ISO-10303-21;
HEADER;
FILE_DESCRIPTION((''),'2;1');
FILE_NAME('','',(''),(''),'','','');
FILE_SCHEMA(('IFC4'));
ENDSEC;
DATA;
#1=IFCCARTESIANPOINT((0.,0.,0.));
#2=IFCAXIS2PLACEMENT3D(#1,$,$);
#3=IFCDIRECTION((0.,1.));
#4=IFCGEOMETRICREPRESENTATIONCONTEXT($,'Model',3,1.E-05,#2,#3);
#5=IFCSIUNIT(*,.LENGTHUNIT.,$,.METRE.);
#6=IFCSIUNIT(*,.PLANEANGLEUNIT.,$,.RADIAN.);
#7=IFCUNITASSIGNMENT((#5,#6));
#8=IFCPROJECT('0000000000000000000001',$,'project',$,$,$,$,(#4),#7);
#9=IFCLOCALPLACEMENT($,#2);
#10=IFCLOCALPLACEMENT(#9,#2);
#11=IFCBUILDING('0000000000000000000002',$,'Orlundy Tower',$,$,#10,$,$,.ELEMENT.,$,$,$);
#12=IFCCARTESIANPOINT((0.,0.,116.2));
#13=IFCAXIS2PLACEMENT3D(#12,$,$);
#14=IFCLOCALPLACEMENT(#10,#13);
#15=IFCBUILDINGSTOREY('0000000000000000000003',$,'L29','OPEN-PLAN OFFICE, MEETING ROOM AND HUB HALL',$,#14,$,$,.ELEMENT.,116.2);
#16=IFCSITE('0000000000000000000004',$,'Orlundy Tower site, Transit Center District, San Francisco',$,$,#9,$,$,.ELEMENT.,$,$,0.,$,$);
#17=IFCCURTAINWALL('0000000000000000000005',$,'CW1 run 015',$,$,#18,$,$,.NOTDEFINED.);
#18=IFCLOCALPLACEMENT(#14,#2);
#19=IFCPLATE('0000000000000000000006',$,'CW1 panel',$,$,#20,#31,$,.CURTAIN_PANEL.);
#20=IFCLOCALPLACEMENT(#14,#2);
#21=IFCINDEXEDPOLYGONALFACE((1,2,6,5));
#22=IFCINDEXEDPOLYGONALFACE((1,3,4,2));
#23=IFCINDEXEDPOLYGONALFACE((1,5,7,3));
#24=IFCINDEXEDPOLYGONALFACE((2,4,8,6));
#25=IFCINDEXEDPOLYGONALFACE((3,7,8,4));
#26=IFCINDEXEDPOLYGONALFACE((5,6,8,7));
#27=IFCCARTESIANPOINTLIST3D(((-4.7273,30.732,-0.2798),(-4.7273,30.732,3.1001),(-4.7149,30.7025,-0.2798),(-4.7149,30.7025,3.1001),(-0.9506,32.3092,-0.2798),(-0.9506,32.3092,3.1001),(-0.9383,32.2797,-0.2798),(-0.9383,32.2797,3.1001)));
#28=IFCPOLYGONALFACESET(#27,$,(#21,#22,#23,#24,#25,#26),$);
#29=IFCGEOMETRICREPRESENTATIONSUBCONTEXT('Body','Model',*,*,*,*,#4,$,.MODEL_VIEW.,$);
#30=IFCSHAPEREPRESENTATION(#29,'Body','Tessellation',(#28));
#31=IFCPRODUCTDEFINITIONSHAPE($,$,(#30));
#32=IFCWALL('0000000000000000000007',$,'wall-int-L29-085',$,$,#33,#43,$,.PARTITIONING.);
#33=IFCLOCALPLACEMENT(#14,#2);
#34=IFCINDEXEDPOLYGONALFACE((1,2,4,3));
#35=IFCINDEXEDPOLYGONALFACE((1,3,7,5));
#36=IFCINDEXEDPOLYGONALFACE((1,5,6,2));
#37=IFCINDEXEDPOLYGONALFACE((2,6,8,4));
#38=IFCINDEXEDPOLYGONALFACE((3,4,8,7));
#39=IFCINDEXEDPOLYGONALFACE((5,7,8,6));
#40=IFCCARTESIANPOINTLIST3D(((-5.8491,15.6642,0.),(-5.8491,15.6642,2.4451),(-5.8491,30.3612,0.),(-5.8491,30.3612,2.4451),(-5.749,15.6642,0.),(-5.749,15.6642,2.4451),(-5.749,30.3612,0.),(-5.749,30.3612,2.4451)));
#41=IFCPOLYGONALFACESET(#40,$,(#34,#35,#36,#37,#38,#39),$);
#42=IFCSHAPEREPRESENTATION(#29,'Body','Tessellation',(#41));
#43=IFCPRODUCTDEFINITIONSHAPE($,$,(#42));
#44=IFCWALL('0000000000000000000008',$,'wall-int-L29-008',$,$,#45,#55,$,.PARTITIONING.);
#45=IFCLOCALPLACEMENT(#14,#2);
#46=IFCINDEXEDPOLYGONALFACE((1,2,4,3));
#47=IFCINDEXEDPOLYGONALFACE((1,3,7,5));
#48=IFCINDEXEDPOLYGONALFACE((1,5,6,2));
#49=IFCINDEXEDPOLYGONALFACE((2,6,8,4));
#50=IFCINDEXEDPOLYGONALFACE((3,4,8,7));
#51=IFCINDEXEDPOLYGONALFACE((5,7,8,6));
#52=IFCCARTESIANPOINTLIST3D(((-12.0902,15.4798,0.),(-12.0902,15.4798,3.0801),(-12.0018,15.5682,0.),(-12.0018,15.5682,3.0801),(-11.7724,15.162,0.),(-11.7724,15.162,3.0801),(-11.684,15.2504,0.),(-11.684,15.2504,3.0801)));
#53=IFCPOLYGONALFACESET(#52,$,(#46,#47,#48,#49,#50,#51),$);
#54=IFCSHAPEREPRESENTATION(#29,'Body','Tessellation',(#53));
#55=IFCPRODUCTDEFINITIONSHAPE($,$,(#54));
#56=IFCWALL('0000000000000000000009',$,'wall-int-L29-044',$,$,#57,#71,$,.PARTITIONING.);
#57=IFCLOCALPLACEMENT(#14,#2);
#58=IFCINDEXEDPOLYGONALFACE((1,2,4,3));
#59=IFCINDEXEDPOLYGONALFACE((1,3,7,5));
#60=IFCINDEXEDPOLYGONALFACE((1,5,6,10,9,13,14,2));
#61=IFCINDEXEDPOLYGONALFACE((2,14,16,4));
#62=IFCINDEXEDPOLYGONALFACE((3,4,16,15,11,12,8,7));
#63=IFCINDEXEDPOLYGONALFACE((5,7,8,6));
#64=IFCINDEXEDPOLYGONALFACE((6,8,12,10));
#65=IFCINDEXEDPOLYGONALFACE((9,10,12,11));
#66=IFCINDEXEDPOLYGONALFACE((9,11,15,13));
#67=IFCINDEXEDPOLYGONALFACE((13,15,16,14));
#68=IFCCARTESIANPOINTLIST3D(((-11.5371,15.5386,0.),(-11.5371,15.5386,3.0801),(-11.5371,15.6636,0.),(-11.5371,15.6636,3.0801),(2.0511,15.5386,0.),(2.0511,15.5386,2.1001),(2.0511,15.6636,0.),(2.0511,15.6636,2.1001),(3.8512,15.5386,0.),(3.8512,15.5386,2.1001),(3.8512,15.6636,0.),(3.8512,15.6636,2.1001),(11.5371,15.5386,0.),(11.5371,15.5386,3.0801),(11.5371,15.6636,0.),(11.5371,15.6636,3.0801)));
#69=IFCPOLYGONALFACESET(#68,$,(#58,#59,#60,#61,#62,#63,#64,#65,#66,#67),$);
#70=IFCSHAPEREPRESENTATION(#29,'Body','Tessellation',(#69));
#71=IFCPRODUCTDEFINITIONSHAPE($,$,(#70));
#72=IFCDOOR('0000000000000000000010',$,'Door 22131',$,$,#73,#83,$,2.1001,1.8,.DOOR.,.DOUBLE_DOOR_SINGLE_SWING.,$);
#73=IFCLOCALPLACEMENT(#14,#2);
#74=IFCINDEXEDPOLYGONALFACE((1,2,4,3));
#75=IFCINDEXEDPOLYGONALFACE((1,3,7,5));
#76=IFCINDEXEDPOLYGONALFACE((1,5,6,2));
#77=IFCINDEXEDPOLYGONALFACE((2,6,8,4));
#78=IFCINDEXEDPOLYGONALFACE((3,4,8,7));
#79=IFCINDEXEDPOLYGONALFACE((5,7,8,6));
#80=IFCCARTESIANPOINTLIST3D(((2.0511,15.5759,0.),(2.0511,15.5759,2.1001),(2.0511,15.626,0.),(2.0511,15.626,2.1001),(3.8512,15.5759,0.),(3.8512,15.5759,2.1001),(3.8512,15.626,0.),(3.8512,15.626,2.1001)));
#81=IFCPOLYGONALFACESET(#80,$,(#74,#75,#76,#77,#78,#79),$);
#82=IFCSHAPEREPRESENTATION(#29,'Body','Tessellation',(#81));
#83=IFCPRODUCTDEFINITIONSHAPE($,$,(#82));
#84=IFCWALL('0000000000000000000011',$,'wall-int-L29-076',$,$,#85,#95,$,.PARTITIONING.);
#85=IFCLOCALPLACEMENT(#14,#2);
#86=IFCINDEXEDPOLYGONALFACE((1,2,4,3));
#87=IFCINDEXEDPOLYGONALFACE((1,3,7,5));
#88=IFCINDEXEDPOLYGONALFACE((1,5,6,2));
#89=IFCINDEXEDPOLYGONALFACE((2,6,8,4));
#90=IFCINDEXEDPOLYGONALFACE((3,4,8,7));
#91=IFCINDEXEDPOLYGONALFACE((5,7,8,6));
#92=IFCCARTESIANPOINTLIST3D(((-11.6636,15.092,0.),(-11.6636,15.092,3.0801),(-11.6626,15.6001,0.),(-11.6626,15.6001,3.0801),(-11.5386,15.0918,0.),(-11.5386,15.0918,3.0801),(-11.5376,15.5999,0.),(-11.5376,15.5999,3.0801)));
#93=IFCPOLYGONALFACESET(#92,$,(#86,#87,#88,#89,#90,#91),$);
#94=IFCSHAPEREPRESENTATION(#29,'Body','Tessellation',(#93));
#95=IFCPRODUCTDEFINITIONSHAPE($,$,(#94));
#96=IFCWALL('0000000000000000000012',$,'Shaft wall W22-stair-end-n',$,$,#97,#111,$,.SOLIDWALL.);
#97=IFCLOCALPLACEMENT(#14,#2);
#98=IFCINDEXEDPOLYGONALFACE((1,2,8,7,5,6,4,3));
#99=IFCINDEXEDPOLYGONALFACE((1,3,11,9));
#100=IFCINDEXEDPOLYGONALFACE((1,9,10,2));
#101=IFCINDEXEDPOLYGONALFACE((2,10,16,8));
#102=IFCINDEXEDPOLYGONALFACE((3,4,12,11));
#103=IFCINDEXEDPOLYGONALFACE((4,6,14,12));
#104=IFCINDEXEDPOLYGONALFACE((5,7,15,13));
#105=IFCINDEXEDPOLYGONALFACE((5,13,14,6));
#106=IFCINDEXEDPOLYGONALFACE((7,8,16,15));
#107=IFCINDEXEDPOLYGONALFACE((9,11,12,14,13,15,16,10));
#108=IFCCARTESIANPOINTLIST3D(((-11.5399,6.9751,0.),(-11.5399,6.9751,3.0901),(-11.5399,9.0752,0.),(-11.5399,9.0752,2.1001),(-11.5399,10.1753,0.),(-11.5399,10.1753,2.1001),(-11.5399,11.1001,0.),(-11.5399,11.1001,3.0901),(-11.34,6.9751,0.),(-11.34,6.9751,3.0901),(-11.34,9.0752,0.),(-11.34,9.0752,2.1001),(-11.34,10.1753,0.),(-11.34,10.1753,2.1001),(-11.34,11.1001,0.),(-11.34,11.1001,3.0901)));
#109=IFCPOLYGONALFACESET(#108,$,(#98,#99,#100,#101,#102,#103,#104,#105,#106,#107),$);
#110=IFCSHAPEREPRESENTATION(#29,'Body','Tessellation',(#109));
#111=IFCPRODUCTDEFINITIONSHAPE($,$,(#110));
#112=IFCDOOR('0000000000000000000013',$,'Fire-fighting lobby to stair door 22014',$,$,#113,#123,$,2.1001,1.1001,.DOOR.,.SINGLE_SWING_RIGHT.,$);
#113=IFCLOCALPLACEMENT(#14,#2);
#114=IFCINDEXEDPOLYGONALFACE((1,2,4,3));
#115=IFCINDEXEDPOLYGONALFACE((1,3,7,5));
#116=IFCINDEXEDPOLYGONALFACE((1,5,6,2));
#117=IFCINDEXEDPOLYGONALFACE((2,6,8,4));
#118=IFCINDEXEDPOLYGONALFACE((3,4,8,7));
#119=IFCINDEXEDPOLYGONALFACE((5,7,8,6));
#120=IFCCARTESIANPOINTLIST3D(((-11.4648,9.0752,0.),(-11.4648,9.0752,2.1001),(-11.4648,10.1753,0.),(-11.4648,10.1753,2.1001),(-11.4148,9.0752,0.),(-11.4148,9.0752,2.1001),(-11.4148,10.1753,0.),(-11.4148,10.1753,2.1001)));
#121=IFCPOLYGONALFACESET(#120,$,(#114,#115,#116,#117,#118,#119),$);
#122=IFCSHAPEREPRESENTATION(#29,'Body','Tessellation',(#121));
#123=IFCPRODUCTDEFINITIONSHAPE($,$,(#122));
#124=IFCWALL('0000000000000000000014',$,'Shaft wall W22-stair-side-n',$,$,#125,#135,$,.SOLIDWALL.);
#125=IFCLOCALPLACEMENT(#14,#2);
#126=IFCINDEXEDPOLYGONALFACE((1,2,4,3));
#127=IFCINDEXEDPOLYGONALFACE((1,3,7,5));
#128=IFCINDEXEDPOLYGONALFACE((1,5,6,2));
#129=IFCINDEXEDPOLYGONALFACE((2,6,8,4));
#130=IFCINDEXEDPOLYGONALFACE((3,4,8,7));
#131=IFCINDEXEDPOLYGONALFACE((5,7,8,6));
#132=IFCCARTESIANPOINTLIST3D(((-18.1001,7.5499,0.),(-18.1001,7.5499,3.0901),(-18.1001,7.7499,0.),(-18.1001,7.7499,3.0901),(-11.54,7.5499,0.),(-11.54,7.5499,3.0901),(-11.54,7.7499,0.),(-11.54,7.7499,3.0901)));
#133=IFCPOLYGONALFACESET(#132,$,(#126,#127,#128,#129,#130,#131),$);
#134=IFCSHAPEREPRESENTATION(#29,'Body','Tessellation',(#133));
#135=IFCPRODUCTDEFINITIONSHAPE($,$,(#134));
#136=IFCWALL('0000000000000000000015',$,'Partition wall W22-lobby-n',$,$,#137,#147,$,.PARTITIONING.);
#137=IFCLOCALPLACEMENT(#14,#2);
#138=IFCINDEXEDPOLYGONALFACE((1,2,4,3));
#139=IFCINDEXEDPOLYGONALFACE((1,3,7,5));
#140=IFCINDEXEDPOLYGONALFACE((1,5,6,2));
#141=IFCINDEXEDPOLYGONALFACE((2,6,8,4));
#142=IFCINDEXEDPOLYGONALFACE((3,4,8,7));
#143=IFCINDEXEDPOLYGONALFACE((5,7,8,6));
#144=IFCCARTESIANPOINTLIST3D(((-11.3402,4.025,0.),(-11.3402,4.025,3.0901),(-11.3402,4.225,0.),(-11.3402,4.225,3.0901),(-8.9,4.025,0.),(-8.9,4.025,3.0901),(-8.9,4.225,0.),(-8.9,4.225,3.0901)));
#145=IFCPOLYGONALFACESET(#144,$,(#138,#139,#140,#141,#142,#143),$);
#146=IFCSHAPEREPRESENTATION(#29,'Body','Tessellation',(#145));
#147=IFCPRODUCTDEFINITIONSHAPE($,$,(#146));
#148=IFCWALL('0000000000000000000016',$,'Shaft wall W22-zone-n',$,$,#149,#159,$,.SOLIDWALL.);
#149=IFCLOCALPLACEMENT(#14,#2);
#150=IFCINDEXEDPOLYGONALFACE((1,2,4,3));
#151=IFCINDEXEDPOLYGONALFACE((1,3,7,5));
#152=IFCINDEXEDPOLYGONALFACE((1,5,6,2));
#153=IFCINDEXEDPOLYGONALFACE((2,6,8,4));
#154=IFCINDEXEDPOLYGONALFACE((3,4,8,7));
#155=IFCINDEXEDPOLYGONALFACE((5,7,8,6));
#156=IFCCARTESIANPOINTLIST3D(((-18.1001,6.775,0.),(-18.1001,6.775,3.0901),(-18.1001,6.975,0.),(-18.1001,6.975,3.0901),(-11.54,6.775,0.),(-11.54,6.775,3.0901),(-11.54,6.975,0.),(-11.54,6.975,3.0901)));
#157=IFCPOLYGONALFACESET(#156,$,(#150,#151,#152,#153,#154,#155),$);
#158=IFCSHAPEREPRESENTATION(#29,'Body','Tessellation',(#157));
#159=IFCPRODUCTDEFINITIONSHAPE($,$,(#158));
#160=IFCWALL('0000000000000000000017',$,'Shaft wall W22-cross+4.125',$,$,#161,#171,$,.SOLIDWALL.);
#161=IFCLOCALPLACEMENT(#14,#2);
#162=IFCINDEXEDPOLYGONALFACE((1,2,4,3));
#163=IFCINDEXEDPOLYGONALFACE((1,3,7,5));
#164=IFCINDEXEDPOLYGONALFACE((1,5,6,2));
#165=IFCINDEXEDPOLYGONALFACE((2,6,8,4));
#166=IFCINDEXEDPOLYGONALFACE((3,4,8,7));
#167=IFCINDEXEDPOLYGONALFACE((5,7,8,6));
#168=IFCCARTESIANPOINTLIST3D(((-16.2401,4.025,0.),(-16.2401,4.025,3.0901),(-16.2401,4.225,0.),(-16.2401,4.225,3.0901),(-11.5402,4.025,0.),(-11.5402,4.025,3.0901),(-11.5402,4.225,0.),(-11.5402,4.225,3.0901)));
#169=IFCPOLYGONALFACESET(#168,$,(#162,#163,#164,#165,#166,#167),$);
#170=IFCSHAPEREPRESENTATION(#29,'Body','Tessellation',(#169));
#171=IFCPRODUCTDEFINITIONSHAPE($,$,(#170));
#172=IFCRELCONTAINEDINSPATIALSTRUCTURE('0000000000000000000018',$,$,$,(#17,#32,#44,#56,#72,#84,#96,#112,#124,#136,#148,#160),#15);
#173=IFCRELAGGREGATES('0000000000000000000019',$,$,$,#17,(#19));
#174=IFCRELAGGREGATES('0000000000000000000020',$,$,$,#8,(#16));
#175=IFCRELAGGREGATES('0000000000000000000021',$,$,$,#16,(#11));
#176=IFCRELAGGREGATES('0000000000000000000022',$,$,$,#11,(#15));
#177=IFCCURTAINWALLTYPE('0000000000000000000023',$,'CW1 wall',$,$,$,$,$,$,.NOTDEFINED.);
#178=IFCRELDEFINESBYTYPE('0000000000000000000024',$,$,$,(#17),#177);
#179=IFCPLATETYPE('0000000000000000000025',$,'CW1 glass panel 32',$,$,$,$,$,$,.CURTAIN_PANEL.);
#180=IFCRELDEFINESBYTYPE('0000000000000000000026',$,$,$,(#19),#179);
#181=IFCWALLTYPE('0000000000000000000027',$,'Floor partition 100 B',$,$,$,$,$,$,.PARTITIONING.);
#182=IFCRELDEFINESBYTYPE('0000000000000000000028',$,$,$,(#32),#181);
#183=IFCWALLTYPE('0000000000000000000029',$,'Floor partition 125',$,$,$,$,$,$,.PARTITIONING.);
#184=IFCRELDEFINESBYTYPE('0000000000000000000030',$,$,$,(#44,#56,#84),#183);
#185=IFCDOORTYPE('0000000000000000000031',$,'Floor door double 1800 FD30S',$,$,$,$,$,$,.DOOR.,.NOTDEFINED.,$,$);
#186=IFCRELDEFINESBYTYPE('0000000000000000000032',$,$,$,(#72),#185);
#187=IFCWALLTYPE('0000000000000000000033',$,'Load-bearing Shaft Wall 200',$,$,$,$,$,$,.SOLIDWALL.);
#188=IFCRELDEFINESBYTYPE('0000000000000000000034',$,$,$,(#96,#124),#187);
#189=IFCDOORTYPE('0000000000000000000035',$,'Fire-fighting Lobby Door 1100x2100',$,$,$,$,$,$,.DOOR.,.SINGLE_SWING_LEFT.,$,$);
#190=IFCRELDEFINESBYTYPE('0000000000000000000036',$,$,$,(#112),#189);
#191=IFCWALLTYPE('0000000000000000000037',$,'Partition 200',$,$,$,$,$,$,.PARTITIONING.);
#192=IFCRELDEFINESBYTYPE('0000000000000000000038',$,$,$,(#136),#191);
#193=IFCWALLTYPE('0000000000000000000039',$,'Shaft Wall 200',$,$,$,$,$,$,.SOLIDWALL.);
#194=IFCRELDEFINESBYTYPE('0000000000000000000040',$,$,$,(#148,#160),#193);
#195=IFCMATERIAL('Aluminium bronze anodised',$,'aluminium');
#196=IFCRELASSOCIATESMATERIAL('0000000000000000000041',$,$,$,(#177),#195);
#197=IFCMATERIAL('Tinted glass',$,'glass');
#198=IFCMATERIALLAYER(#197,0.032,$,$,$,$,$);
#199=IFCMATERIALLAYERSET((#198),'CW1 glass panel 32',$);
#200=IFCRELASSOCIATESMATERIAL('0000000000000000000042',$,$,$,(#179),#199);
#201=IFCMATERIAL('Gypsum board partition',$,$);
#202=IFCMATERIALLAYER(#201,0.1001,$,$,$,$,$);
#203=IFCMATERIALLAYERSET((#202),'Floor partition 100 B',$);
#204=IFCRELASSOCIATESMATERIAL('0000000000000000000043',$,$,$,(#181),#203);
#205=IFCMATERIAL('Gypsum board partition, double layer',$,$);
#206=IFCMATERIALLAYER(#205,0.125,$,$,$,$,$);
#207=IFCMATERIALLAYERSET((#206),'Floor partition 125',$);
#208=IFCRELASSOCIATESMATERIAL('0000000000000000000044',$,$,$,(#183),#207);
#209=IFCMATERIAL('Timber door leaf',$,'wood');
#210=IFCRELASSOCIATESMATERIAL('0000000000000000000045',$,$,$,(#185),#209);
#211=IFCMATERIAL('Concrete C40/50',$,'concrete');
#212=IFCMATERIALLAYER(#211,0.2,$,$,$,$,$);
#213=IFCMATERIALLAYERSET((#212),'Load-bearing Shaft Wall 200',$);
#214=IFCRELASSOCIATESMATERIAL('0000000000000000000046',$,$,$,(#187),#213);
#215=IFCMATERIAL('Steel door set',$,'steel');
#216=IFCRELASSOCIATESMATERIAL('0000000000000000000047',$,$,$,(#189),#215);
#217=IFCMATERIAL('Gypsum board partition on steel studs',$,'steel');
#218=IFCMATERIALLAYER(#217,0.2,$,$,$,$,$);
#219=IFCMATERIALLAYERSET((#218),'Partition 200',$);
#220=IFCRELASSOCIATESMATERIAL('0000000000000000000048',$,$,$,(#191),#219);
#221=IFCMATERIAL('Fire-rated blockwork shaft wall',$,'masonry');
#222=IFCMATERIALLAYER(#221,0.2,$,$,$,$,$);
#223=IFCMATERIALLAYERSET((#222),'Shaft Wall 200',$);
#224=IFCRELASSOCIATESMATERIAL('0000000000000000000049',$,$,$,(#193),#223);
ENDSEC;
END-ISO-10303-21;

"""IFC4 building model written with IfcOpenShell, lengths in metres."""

from ifc_helpers import new_model, si_unit, direction, frame, frame_2d, origin, origin_2d, place, context, subcontext, project, spatial, rectangle, extrude, material, layer, layer_set, type_object, element, fill, aggregate, save


model = new_model("IFC4")

# Units and contexts
model_context = context("Model", 3, precision=1e-05, world=origin(), true_north=direction((0.0, 1.0)))
body_context = subcontext(model_context, "Body", "Model", "MODEL_VIEW")
ifc_project = project(units=[si_unit("LENGTHUNIT", "METRE"), si_unit("PLANEANGLEUNIT", "RADIAN")], contexts=[model_context])

# Site, building, storey
site_placement = place(None, origin())
site = spatial("IfcSite", under=ifc_project, at=site_placement, Name="Orlundy Tower site, Transit Center District, San Francisco", CompositionType="ELEMENT", RefElevation=0.0)
building_placement = place(site_placement, origin())
building = spatial("IfcBuilding", under=site, at=building_placement, Name="Orlundy Tower", CompositionType="ELEMENT")
storey_placement = place(building_placement, frame((0.0, 0.0, 116.2)))
storey = spatial("IfcBuildingStorey", under=building, at=storey_placement, Name="L29", Description="OPEN-PLAN OFFICE, MEETING ROOM AND HUB HALL", CompositionType="ELEMENT", Elevation=116.2)

# Curtain wall, plate
ifc_material_1 = material(Name="Aluminium bronze anodised", Category="aluminium")
curtain_wall_type = type_object("IfcCurtainWallType", Name="CW1 wall", PredefinedType="NOTDEFINED", material=ifc_material_1)
curtain_wall_placement = place(storey_placement, origin())
curtain_wall = element("IfcCurtainWall", 1, at=curtain_wall_placement, inside=storey, type_object=curtain_wall_type, Name="CW1 run 015", PredefinedType="NOTDEFINED")
ifc_material_2 = material(Name="Tinted glass", Category="glass")
ifc_layer_1 = layer(ifc_material_2, 0.032)
ifc_layer_set_1 = layer_set([ifc_layer_1], Name="CW1 glass panel 32")
plate_type = type_object("IfcPlateType", Name="CW1 glass panel 32", PredefinedType="CURTAIN_PANEL", material=ifc_layer_set_1)
plate_1_placement = place(storey_placement, frame((-2.8328, 31.5059, -0.2798), z_axis=(0.0, 0.0, 1.0), x_axis=(0.92276, 0.385375, 0.0)))
plate_1 = element("IfcPlate", 2, at=plate_1_placement, type_object=plate_type, Name="CW1 panel", PredefinedType="CURTAIN_PANEL", context=body_context, shape_type="SweptSolid", body=[
    extrude(rectangle(XDim=4.0928, YDim=0.032, at=origin_2d()), origin(), (0.0, 0.0, 1.0), 3.3799),
])
aggregate(curtain_wall, [plate_1])

# Walls
ifc_material_3 = material(Name="Gypsum board partition")
ifc_layer_2 = layer(ifc_material_3, 0.1001)
ifc_layer_set_2 = layer_set([ifc_layer_2], Name="Floor partition 100 B")
wall_type_1 = type_object("IfcWallType", Name="Floor partition 100 B", PredefinedType="PARTITIONING", material=ifc_layer_set_2)
wall_1_placement = place(storey_placement, frame((-5.7991, 15.6641, 0.0), z_axis=(0.0, 0.0, 1.0), x_axis=(0.0, 1.0, 0.0)))
element("IfcWall", 3, at=wall_1_placement, inside=storey, type_object=wall_type_1, Name="wall-int-L29-085", PredefinedType="PARTITIONING", context=body_context, shape_type="SweptSolid", body=[
    extrude(rectangle(XDim=14.697, YDim=0.1001, at=frame_2d((7.3486, 0.0))), origin(), (0.0, 0.0, 1.0), 2.4451),
])
ifc_material_4 = material(Name="Gypsum board partition, double layer")
ifc_layer_3 = layer(ifc_material_4, 0.125)
ifc_layer_set_3 = layer_set([ifc_layer_3], Name="Floor partition 125")
wall_type_2 = type_object("IfcWallType", Name="Floor partition 125", PredefinedType="PARTITIONING", material=ifc_layer_set_3)
wall_2_placement = place(storey_placement, frame((-12.0459, 15.5239, 0.0), z_axis=(0.0, 0.0, 1.0), x_axis=(0.707107, -0.707107, 0.0)))
element("IfcWall", 4, at=wall_2_placement, inside=storey, type_object=wall_type_2, Name="wall-int-L29-008", PredefinedType="PARTITIONING", context=body_context, shape_type="SweptSolid", body=[
    extrude(rectangle(XDim=0.4495, YDim=0.125, at=frame_2d((0.2246, 0.0))), origin(), (0.0, 0.0, 1.0), 3.0801),
])

# Wall, opening, door
wall_3_placement = place(storey_placement, frame((-11.5371, 15.6011, 0.0), z_axis=(0.0, 0.0, 1.0), x_axis=(1.0, 0.0, 0.0)))
wall_3 = element("IfcWall", 5, at=wall_3_placement, inside=storey, type_object=wall_type_2, Name="wall-int-L29-044", PredefinedType="PARTITIONING", context=body_context, shape_type="SweptSolid", body=[
    extrude(rectangle(XDim=23.0742, YDim=0.125, at=frame_2d((11.5371, 0.0))), origin(), (0.0, 0.0, 1.0), 3.0801),
])
opening_1_placement = place(wall_3_placement, frame((13.5884, 0.0, 0.0)))
opening_1 = element("IfcOpeningElement", 6, at=opening_1_placement, cuts=wall_3, PredefinedType="OPENING", context=body_context, shape_type="SweptSolid", body=[
    extrude(rectangle(XDim=1.8, YDim=2.1001, at=frame_2d((0.8999, 1.05))), frame((0.0, 0.0725, 0.0), z_axis=(0.0, -1.0, 0.0), x_axis=(1.0, 0.0, 0.0)), (0.0, 0.0, 1.0), 0.145),
])
ifc_material_5 = material(Name="Timber door leaf", Category="wood")
door_type_1 = type_object("IfcDoorType", Name="Floor door double 1800 FD30S", OperationType="NOTDEFINED", PredefinedType="DOOR", material=ifc_material_5)
door_1_placement = place(opening_1_placement, origin())
door_1 = element("IfcDoor", 7, at=door_1_placement, inside=storey, type_object=door_type_1, Name="Door 22131", OperationType="DOUBLE_DOOR_SINGLE_SWING", OverallHeight=2.1001, OverallWidth=1.8, PredefinedType="DOOR", context=body_context, shape_type="SweptSolid", body=[
    extrude(rectangle(XDim=1.8, YDim=2.1001, at=frame_2d((0.8999, 1.05))), frame((0.0, 0.0249, 0.0), z_axis=(0.0, -1.0, 0.0), x_axis=(1.0, 0.0, 0.0)), (0.0, 0.0, 1.0), 0.05),
])
fill(opening_1, door_1)

# Wall
wall_4_placement = place(storey_placement, frame((-11.6011, 15.092, 0.0), z_axis=(0.0, 0.0, 1.0), x_axis=(0.001922, 0.999998, 0.0)))
element("IfcWall", 8, at=wall_4_placement, inside=storey, type_object=wall_type_2, Name="wall-int-L29-076", PredefinedType="PARTITIONING", context=body_context, shape_type="SweptSolid", body=[
    extrude(rectangle(XDim=0.5081, YDim=0.125, at=frame_2d((0.2539, 0.0))), origin(), (0.0, 0.0, 1.0), 3.0801),
])

# Wall, opening, door
ifc_material_6 = material(Name="Concrete C40/50", Category="concrete")
ifc_layer_4 = layer(ifc_material_6, 0.2)
ifc_layer_set_4 = layer_set([ifc_layer_4], Name="Load-bearing Shaft Wall 200")
wall_type_3 = type_object("IfcWallType", Name="Load-bearing Shaft Wall 200", PredefinedType="SOLIDWALL", material=ifc_layer_set_4)
wall_5_placement = place(storey_placement, frame((-11.4399, 6.9751, 0.0), z_axis=(0.0, 0.0, 1.0), x_axis=(0.0, 1.0, 0.0)))
wall_5 = element("IfcWall", 9, at=wall_5_placement, inside=storey, type_object=wall_type_3, Name="Shaft wall W22-stair-end-n", PredefinedType="SOLIDWALL", context=body_context, shape_type="SweptSolid", body=[
    extrude(rectangle(XDim=4.125, YDim=0.2, at=frame_2d((2.0625, 0.0))), origin(), (0.0, 0.0, 1.0), 3.0901),
])
opening_2_placement = place(wall_5_placement, frame((2.1001, 0.0, 0.0)))
opening_2 = element("IfcOpeningElement", 10, at=opening_2_placement, cuts=wall_5, PredefinedType="OPENING", context=body_context, shape_type="SweptSolid", body=[
    extrude(rectangle(XDim=1.1001, YDim=2.1001, at=frame_2d((0.55, 1.05))), frame((0.0, 0.1101, 0.0), z_axis=(0.0, -1.0, 0.0), x_axis=(1.0, 0.0, 0.0)), (0.0, 0.0, 1.0), 0.2202),
])
ifc_material_7 = material(Name="Steel door set", Category="steel")
door_type_2 = type_object("IfcDoorType", Name="Fire-fighting Lobby Door 1100x2100", OperationType="SINGLE_SWING_LEFT", PredefinedType="DOOR", material=ifc_material_7)
door_2_placement = place(opening_2_placement, origin())
door_2 = element("IfcDoor", 11, at=door_2_placement, inside=storey, type_object=door_type_2, Name="Fire-fighting lobby to stair door 22014", OperationType="SINGLE_SWING_RIGHT", OverallHeight=2.1001, OverallWidth=1.1001, PredefinedType="DOOR", context=body_context, shape_type="SweptSolid", body=[
    extrude(rectangle(XDim=1.1001, YDim=2.1001, at=frame_2d((0.55, 1.05))), frame((0.0, 0.0249, 0.0), z_axis=(0.0, -1.0, 0.0), x_axis=(1.0, 0.0, 0.0)), (0.0, 0.0, 1.0), 0.05),
])
fill(opening_2, door_2)

# Walls
wall_6_placement = place(storey_placement, frame((-11.54, 7.6499, 0.0), z_axis=(0.0, 0.0, 1.0), x_axis=(-1.0, 0.0, 0.0)))
element("IfcWall", 12, at=wall_6_placement, inside=storey, type_object=wall_type_3, Name="Shaft wall W22-stair-side-n", PredefinedType="SOLIDWALL", context=body_context, shape_type="SweptSolid", body=[
    extrude(rectangle(XDim=6.5601, YDim=0.2, at=frame_2d((3.28, 0.0))), origin(), (0.0, 0.0, 1.0), 3.0901),
])
ifc_material_8 = material(Name="Gypsum board partition on steel studs", Category="steel")
ifc_layer_5 = layer(ifc_material_8, 0.2)
ifc_layer_set_5 = layer_set([ifc_layer_5], Name="Partition 200")
wall_type_4 = type_object("IfcWallType", Name="Partition 200", PredefinedType="PARTITIONING", material=ifc_layer_set_5)
wall_7_placement = place(storey_placement, frame((-8.8999, 4.125, 0.0), z_axis=(0.0, 0.0, 1.0), x_axis=(-1.0, 0.0, 0.0)))
element("IfcWall", 13, at=wall_7_placement, inside=storey, type_object=wall_type_4, Name="Partition wall W22-lobby-n", PredefinedType="PARTITIONING", context=body_context, shape_type="SweptSolid", body=[
    extrude(rectangle(XDim=2.4402, YDim=0.2, at=frame_2d((1.2202, 0.0))), origin(), (0.0, 0.0, 1.0), 3.0901),
])
ifc_material_9 = material(Name="Fire-rated blockwork shaft wall", Category="masonry")
ifc_layer_6 = layer(ifc_material_9, 0.2)
ifc_layer_set_6 = layer_set([ifc_layer_6], Name="Shaft Wall 200")
wall_type_5 = type_object("IfcWallType", Name="Shaft Wall 200", PredefinedType="SOLIDWALL", material=ifc_layer_set_6)
wall_8_placement = place(storey_placement, frame((-11.54, 6.875, 0.0), z_axis=(0.0, 0.0, 1.0), x_axis=(-1.0, 0.0, 0.0)))
element("IfcWall", 14, at=wall_8_placement, inside=storey, type_object=wall_type_5, Name="Shaft wall W22-zone-n", PredefinedType="SOLIDWALL", context=body_context, shape_type="SweptSolid", body=[
    extrude(rectangle(XDim=6.5601, YDim=0.2, at=frame_2d((3.28, 0.0))), origin(), (0.0, 0.0, 1.0), 3.0901),
])
wall_9_placement = place(storey_placement, frame((-11.54, 4.125, 0.0), z_axis=(0.0, 0.0, 1.0), x_axis=(-1.0, 0.0, 0.0)))
element("IfcWall", 15, at=wall_9_placement, inside=storey, type_object=wall_type_5, Name="Shaft wall W22-cross+4.125", PredefinedType="SOLIDWALL", context=body_context, shape_type="SweptSolid", body=[
    extrude(rectangle(XDim=4.7, YDim=0.2, at=frame_2d((2.3501, 0.0))), origin(), (0.0, 0.0, 1.0), 3.0901),
])

save(model, "model.ifc")
